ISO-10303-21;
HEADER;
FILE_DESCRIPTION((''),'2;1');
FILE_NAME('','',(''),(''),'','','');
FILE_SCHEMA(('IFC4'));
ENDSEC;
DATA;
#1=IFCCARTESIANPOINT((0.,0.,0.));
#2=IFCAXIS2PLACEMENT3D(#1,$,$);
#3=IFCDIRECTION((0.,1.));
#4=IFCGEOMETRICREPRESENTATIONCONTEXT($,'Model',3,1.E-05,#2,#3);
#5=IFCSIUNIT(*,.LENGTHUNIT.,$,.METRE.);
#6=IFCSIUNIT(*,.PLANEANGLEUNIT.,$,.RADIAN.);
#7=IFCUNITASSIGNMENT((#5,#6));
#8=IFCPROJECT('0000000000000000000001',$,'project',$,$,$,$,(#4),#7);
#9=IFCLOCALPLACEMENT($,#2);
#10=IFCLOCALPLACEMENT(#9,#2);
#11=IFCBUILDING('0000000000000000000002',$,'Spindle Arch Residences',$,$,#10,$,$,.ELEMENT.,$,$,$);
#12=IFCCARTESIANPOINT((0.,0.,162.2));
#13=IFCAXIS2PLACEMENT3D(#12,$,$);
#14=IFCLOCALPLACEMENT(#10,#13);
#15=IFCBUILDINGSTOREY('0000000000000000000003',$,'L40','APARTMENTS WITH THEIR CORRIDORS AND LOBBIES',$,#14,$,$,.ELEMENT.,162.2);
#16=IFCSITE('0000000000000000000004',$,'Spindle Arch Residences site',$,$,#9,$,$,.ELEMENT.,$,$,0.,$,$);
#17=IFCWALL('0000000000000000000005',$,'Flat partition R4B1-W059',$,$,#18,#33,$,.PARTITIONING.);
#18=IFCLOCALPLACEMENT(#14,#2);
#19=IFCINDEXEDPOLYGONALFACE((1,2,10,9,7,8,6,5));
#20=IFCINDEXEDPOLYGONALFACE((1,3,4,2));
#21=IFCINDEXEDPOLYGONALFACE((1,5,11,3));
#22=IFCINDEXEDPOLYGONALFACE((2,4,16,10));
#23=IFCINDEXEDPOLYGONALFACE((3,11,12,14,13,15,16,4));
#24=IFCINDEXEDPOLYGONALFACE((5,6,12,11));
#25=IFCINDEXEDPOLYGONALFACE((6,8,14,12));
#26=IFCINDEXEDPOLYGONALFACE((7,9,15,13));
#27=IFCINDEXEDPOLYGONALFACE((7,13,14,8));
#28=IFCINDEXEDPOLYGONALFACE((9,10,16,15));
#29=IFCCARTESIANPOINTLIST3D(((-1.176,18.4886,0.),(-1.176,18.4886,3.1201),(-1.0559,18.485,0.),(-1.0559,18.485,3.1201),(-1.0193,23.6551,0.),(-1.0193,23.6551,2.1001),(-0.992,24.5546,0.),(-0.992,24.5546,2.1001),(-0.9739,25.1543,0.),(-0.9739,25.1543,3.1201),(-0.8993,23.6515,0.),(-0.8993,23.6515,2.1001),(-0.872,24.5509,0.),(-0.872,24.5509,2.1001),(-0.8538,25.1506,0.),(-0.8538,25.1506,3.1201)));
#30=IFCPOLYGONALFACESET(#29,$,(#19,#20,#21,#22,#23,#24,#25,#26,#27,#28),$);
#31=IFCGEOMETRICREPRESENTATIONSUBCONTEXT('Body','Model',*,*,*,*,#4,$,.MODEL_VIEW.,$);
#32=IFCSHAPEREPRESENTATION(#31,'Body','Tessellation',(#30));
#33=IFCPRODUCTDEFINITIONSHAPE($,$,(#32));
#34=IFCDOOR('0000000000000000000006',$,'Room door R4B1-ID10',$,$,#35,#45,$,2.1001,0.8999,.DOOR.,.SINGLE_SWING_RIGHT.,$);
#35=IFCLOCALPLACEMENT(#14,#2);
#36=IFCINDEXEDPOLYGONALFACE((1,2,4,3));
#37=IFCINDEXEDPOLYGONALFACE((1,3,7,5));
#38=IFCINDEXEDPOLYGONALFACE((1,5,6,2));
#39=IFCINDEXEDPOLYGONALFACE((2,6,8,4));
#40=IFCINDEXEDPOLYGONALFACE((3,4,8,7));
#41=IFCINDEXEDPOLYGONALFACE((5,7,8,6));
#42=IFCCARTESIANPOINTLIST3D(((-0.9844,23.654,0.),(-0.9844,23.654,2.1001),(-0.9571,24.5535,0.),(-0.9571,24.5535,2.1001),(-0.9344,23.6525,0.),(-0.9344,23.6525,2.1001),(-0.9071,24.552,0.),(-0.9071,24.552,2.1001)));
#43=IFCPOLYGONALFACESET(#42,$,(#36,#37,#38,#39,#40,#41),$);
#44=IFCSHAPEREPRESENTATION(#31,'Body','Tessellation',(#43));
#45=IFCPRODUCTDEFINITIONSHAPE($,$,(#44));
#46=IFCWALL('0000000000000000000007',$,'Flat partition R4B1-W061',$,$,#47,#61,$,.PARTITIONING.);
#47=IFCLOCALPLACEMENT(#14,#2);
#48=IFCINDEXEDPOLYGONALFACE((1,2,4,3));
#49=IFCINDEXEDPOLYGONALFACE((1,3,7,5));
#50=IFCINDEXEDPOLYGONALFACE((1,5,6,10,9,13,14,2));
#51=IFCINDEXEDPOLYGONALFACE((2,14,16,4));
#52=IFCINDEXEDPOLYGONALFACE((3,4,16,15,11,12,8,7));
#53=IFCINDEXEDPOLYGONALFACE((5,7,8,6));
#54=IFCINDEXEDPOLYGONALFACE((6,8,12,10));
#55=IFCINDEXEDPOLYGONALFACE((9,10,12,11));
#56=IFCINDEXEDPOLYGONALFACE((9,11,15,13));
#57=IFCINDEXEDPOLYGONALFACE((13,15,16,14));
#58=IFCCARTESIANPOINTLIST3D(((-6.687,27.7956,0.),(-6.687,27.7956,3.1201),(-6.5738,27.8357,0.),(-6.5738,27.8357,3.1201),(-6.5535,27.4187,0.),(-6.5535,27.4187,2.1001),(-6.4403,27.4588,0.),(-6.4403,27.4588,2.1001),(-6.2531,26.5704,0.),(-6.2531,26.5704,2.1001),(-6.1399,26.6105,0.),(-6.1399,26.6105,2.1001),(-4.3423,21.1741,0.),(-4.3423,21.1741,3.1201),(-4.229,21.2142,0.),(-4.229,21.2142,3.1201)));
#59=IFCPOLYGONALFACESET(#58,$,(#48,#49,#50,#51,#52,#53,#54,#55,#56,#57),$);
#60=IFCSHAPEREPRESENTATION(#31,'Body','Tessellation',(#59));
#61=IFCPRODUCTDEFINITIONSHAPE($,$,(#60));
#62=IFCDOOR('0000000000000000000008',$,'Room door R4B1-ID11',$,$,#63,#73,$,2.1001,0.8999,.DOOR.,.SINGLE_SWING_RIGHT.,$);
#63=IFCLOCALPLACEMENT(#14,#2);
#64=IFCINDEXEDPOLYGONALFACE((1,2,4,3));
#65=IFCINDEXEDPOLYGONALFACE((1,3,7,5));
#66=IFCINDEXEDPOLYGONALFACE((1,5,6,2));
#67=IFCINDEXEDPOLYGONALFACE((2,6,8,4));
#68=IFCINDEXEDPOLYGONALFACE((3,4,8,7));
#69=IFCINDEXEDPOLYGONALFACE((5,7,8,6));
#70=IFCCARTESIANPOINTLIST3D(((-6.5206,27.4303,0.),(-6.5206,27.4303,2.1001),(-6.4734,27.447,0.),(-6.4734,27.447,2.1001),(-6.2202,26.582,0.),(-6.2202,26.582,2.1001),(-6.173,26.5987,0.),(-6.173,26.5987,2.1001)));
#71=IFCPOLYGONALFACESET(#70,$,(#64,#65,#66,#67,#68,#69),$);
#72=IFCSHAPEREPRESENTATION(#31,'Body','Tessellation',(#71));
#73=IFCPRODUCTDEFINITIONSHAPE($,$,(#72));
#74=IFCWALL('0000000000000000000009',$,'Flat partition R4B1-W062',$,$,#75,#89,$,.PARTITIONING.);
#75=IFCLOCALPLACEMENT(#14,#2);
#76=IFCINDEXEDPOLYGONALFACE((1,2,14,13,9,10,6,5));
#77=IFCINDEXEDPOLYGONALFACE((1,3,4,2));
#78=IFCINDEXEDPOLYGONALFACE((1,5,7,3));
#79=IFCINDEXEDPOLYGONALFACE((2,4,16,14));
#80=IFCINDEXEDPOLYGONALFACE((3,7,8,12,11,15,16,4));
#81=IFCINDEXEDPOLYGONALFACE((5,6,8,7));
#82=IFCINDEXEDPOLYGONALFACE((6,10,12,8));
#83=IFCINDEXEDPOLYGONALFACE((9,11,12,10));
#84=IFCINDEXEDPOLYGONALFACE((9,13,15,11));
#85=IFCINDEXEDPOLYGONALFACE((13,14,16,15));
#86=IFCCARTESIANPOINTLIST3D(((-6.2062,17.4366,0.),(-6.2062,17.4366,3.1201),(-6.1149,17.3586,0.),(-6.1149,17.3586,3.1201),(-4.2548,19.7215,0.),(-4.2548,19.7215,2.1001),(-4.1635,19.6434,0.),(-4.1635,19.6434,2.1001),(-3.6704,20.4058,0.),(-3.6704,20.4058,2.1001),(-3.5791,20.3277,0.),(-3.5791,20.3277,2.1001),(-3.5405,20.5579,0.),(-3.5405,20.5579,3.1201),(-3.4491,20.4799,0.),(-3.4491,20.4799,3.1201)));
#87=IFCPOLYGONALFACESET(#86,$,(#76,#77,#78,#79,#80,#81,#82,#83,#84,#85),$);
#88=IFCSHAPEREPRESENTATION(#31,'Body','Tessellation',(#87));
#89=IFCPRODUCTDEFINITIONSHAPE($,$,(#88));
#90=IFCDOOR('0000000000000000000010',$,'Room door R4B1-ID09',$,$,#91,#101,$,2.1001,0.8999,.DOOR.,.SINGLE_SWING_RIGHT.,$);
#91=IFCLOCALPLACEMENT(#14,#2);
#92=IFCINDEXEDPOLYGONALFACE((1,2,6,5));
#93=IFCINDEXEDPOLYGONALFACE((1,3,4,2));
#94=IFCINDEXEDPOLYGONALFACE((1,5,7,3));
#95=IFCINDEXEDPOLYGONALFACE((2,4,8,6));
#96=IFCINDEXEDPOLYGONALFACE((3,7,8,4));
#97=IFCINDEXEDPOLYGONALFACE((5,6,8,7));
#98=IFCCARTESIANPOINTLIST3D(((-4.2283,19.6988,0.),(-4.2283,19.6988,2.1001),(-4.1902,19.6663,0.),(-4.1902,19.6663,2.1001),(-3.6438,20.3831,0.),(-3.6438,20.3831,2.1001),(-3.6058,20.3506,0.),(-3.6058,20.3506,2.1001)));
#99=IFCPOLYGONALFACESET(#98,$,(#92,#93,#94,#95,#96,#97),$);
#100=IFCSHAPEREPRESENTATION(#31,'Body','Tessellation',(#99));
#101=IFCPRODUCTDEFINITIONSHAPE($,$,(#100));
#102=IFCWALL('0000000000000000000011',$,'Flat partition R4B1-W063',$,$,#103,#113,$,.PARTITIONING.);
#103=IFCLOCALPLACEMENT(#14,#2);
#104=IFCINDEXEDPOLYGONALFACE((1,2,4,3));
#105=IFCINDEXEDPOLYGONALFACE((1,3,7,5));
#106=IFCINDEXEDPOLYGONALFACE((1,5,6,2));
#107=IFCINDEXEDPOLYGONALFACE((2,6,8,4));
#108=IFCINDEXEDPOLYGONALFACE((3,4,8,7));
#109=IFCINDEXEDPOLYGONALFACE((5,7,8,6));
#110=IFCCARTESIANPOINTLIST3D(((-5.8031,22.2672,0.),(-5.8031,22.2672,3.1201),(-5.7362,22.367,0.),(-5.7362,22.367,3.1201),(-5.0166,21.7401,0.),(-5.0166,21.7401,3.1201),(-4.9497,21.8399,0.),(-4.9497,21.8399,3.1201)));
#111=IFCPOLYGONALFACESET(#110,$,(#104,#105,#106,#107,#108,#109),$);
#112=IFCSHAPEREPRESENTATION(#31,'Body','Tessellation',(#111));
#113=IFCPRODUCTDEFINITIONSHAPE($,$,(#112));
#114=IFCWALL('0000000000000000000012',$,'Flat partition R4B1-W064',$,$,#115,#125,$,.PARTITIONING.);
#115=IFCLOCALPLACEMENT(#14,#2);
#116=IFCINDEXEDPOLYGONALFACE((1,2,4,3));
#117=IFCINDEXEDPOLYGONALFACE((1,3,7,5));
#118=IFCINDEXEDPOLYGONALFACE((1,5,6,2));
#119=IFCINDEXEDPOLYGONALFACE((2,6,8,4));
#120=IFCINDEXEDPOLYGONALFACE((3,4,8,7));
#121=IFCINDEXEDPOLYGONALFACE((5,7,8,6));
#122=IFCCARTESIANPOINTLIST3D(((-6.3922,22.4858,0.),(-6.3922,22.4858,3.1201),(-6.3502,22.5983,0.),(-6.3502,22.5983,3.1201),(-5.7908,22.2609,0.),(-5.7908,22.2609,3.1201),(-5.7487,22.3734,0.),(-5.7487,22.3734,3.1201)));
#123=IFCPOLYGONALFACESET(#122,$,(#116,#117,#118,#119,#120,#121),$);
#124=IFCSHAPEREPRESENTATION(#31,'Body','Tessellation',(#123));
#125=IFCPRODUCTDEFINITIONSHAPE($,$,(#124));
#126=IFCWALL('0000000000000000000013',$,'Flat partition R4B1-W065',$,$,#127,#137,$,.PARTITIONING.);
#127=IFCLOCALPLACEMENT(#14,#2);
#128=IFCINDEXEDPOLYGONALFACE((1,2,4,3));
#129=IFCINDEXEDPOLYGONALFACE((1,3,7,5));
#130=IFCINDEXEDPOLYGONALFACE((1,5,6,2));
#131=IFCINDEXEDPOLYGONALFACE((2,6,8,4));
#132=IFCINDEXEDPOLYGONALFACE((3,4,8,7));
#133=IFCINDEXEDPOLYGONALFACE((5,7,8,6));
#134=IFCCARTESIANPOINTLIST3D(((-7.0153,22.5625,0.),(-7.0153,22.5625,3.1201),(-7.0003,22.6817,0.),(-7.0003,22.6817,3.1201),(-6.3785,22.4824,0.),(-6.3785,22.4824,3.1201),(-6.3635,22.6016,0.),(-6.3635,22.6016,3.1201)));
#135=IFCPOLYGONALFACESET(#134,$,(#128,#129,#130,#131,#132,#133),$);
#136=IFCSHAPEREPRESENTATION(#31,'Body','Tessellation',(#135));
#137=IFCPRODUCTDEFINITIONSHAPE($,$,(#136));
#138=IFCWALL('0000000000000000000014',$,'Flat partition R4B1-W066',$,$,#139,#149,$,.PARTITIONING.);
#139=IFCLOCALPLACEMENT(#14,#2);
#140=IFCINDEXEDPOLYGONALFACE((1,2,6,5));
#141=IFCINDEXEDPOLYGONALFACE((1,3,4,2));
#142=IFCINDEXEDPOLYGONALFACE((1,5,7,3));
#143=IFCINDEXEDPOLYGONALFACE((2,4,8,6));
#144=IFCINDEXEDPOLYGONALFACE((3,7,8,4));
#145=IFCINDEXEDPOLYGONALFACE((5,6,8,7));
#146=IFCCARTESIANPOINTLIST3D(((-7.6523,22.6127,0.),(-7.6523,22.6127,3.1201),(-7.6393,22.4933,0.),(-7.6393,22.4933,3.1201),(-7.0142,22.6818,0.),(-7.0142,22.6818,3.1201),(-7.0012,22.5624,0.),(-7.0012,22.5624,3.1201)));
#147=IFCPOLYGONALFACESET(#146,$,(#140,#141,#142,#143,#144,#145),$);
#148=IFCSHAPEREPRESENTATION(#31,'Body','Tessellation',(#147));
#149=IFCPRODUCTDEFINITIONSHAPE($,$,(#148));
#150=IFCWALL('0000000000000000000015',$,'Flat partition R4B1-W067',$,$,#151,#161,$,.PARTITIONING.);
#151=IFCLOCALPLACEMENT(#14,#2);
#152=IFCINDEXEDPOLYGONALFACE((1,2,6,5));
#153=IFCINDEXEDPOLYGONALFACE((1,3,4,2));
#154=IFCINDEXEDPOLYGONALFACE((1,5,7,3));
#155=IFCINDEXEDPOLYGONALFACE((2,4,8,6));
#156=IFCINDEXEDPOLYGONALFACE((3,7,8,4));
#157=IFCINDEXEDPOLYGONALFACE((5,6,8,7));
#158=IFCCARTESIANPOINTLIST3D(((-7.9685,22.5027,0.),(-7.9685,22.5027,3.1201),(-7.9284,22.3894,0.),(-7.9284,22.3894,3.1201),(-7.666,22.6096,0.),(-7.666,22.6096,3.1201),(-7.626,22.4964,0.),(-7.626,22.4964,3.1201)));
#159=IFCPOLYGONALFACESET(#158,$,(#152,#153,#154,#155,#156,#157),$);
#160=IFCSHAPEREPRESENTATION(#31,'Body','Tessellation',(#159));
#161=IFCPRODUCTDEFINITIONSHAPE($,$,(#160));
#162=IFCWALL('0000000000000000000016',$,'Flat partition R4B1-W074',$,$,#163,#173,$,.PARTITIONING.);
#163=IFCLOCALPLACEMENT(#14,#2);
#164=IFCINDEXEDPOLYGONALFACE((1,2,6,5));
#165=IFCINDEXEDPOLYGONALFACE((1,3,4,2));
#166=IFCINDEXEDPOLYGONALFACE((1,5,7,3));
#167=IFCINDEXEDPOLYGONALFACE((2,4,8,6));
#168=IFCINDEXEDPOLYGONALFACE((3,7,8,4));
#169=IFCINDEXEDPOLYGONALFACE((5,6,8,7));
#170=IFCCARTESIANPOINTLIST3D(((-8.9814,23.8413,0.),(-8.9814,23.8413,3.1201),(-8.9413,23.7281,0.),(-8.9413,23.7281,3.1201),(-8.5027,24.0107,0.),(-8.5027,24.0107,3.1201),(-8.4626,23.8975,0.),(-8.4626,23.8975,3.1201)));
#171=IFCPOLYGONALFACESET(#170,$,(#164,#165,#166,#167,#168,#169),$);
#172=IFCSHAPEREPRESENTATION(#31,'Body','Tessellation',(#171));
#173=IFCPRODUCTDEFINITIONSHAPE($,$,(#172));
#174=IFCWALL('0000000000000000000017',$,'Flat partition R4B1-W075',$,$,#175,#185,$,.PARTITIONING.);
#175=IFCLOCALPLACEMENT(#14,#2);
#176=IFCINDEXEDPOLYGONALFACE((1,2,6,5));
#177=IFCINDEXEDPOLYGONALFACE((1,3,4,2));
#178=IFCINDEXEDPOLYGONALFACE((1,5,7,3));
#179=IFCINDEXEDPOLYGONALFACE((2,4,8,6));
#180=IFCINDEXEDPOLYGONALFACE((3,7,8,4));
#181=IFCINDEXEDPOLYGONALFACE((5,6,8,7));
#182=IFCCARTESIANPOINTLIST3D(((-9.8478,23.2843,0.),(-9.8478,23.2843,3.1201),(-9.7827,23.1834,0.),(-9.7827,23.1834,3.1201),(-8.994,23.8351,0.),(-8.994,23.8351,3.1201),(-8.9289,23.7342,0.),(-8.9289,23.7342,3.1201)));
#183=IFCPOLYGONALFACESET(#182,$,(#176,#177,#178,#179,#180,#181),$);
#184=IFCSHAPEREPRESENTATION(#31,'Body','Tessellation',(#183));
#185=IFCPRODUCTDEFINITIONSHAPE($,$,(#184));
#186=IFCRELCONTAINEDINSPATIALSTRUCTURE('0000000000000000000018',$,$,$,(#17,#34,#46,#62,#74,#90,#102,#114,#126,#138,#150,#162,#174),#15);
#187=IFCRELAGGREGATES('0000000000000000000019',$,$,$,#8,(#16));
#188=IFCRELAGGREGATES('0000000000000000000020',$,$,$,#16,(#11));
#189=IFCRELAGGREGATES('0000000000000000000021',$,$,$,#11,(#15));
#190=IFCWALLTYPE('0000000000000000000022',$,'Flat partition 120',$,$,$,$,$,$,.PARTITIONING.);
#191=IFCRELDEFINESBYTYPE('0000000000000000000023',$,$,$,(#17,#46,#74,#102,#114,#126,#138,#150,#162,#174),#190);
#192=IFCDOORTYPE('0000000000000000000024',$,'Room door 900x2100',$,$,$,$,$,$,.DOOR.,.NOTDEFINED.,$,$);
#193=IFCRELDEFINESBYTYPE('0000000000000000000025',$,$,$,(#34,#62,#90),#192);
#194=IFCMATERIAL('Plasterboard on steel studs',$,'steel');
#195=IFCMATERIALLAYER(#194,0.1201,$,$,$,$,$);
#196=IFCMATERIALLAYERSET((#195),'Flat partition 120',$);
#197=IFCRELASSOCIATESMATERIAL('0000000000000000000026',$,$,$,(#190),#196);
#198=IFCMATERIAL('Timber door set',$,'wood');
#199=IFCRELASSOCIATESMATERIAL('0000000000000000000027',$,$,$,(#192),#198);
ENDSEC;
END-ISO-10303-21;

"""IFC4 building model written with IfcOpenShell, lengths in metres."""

from ifc_helpers import new_model, si_unit, direction, frame, frame_2d, origin, place, context, subcontext, project, spatial, rectangle, extrude, material, layer, layer_set, type_object, element, fill, save


model = new_model("IFC4")

# Units and contexts
model_context = context("Model", 3, precision=1e-05, world=origin(), true_north=direction((0.0, 1.0)))
body_context = subcontext(model_context, "Body", "Model", "MODEL_VIEW")
ifc_project = project(units=[si_unit("LENGTHUNIT", "METRE"), si_unit("PLANEANGLEUNIT", "RADIAN")], contexts=[model_context])

# Site, building, storey
site_placement = place(None, origin())
site = spatial("IfcSite", under=ifc_project, at=site_placement, Name="Spindle Arch Residences site", CompositionType="ELEMENT", RefElevation=0.0)
building_placement = place(site_placement, origin())
building = spatial("IfcBuilding", under=site, at=building_placement, Name="Spindle Arch Residences", CompositionType="ELEMENT")
storey_placement = place(building_placement, frame((0.0, 0.0, 162.2)))
storey = spatial("IfcBuildingStorey", under=building, at=storey_placement, Name="L40", Description="APARTMENTS WITH THEIR CORRIDORS AND LOBBIES", CompositionType="ELEMENT", Elevation=162.2)

# Shared definitions
ifc_material_1 = material(Name="Plasterboard on steel studs", Category="steel")
ifc_layer_1 = layer(ifc_material_1, 0.1201)
ifc_layer_set_1 = layer_set([ifc_layer_1], Name="Flat partition 120")
wall_type_1 = type_object("IfcWallType", Name="Flat partition 120", PredefinedType="PARTITIONING", material=ifc_layer_set_1)

# Walls, openings, doors
wall_1_placement = place(storey_placement, frame((-0.9138, 25.1526, 0.0), z_axis=(0.0, 0.0, 1.0), x_axis=(-0.030314, -0.99954, 0.0)))
wall_1 = element("IfcWall", 1, at=wall_1_placement, inside=storey, type_object=wall_type_1, Name="Flat partition R4B1-W059", PredefinedType="PARTITIONING", context=body_context, shape_type="SweptSolid", body=[
    extrude(rectangle(XDim=6.6687, YDim=0.1201, at=frame_2d((3.3345, 0.0))), origin(), (0.0, 0.0, 1.0), 3.1201),
])
opening_1_placement = place(wall_1_placement, frame((0.6001, 0.0, 0.0)))
opening_1 = element("IfcOpeningElement", 2, at=opening_1_placement, cuts=wall_1, PredefinedType="OPENING", context=body_context, shape_type="SweptSolid", body=[
    extrude(rectangle(XDim=0.8999, YDim=2.1001, at=frame_2d((0.45, 1.05))), frame((0.0, 0.0701, 0.0), z_axis=(0.0, -1.0, 0.0), x_axis=(1.0, 0.0, 0.0)), (0.0, 0.0, 1.0), 0.1401),
])
ifc_material_2 = material(Name="Timber door set", Category="wood")
door_type = type_object("IfcDoorType", Name="Room door 900x2100", OperationType="NOTDEFINED", PredefinedType="DOOR", material=ifc_material_2)
door_1_placement = place(opening_1_placement, origin())
door_1 = element("IfcDoor", 3, at=door_1_placement, inside=storey, type_object=door_type, Name="Room door R4B1-ID10", OperationType="SINGLE_SWING_RIGHT", OverallHeight=2.1001, OverallWidth=0.8999, PredefinedType="DOOR", context=body_context, shape_type="SweptSolid", body=[
    extrude(rectangle(XDim=0.8999, YDim=2.1001, at=frame_2d((0.45, 1.05))), frame((0.0, 0.0249, 0.0), z_axis=(0.0, -1.0, 0.0), x_axis=(1.0, 0.0, 0.0)), (0.0, 0.0, 1.0), 0.05),
])
fill(opening_1, door_1)
wall_2_placement = place(storey_placement, frame((-6.6304, 27.8157, 0.0), z_axis=(0.0, 0.0, 1.0), x_axis=(0.333794, -0.942646, 0.0)))
wall_2 = element("IfcWall", 4, at=wall_2_placement, inside=storey, type_object=wall_type_1, Name="Flat partition R4B1-W061", PredefinedType="PARTITIONING", context=body_context, shape_type="SweptSolid", body=[
    extrude(rectangle(XDim=7.0244, YDim=0.1201, at=frame_2d((3.5122, 0.0))), origin(), (0.0, 0.0, 1.0), 3.1201),
])
opening_2_placement = place(wall_2_placement, frame((0.3999, 0.0, 0.0)))
opening_2 = element("IfcOpeningElement", 5, at=opening_2_placement, cuts=wall_2, PredefinedType="OPENING", context=body_context, shape_type="SweptSolid", body=[
    extrude(rectangle(XDim=0.8999, YDim=2.1001, at=frame_2d((0.45, 1.05))), frame((0.0, 0.0701, 0.0), z_axis=(0.0, -1.0, 0.0), x_axis=(1.0, 0.0, 0.0)), (0.0, 0.0, 1.0), 0.1401),
])
door_2_placement = place(opening_2_placement, origin())
door_2 = element("IfcDoor", 6, at=door_2_placement, inside=storey, type_object=door_type, Name="Room door R4B1-ID11", OperationType="SINGLE_SWING_RIGHT", OverallHeight=2.1001, OverallWidth=0.8999, PredefinedType="DOOR", context=body_context, shape_type="SweptSolid", body=[
    extrude(rectangle(XDim=0.8999, YDim=2.1001, at=frame_2d((0.45, 1.05))), frame((0.0, 0.0249, 0.0), z_axis=(0.0, -1.0, 0.0), x_axis=(1.0, 0.0, 0.0)), (0.0, 0.0, 1.0), 0.05),
])
fill(opening_2, door_2)
wall_3_placement = place(storey_placement, frame((-3.4949, 20.5188, 0.0), z_axis=(0.0, 0.0, 1.0), x_axis=(-0.649434, -0.760418, 0.0)))
wall_3 = element("IfcWall", 7, at=wall_3_placement, inside=storey, type_object=wall_type_1, Name="Flat partition R4B1-W062", PredefinedType="PARTITIONING", context=body_context, shape_type="SweptSolid", body=[
    extrude(rectangle(XDim=4.1047, YDim=0.1201, at=frame_2d((2.0522, 0.0))), origin(), (0.0, 0.0, 1.0), 3.1201),
])
opening_3_placement = place(wall_3_placement, frame((0.2, 0.0, 0.0)))
opening_3 = element("IfcOpeningElement", 8, at=opening_3_placement, cuts=wall_3, PredefinedType="OPENING", context=body_context, shape_type="SweptSolid", body=[
    extrude(rectangle(XDim=0.8999, YDim=2.1001, at=frame_2d((0.45, 1.05))), frame((0.0, 0.0701, 0.0), z_axis=(0.0, -1.0, 0.0), x_axis=(1.0, 0.0, 0.0)), (0.0, 0.0, 1.0), 0.1401),
])
door_3_placement = place(opening_3_placement, origin())
door_3 = element("IfcDoor", 9, at=door_3_placement, inside=storey, type_object=door_type, Name="Room door R4B1-ID09", OperationType="SINGLE_SWING_RIGHT", OverallHeight=2.1001, OverallWidth=0.8999, PredefinedType="DOOR", context=body_context, shape_type="SweptSolid", body=[
    extrude(rectangle(XDim=0.8999, YDim=2.1001, at=frame_2d((0.45, 1.05))), frame((0.0, 0.0249, 0.0), z_axis=(0.0, -1.0, 0.0), x_axis=(1.0, 0.0, 0.0)), (0.0, 0.0, 1.0), 0.05),
])
fill(opening_3, door_3)

# Walls
wall_4_placement = place(storey_placement, frame((-4.9832, 21.79, 0.0), z_axis=(0.0, 0.0, 1.0), x_axis=(-0.830739, 0.556662, 0.0)))
element("IfcWall", 10, at=wall_4_placement, inside=storey, type_object=wall_type_1, Name="Flat partition R4B1-W063", PredefinedType="PARTITIONING", context=body_context, shape_type="SweptSolid", body=[
    extrude(rectangle(XDim=0.9468, YDim=0.1201, at=frame_2d((0.4734, 0.0))), origin(), (0.0, 0.0, 1.0), 3.1201),
])
wall_5_placement = place(storey_placement, frame((-5.7698, 22.3171, 0.0), z_axis=(0.0, 0.0, 1.0), x_axis=(-0.936657, 0.350248, 0.0)))
element("IfcWall", 11, at=wall_5_placement, inside=storey, type_object=wall_type_1, Name="Flat partition R4B1-W064", PredefinedType="PARTITIONING", context=body_context, shape_type="SweptSolid", body=[
    extrude(rectangle(XDim=0.6421, YDim=0.1201, at=frame_2d((0.321, 0.0))), origin(), (0.0, 0.0, 1.0), 3.1201),
])
for number, where, z_axis, x_axis, name in (
    (12, (-6.3711, 22.542, 0.0), (0.0, 0.0, 1.0), (-0.992184, 0.124784, 0.0), "Flat partition R4B1-W065"),
    (13, (-7.0078, 22.6221, 0.0), (0.0, 0.0, 1.0), (-0.994191, -0.107634, 0.0), "Flat partition R4B1-W066"),
):
    element("IfcWall", number, at=place(storey_placement, frame(where, z_axis=z_axis, x_axis=x_axis)), inside=storey, type_object=wall_type_1, Name=name, PredefinedType="PARTITIONING", context=body_context, shape_type="SweptSolid", body=[
        extrude(rectangle(XDim=0.6418, YDim=0.1201, at=frame_2d((0.3208, 0.0))), origin(), (0.0, 0.0, 1.0), 3.1201),
    ])
wall_6_placement = place(storey_placement, frame((-7.646, 22.553, 0.0), z_axis=(0.0, 0.0, 1.0), x_axis=(-0.942822, -0.333298, 0.0)))
element("IfcWall", 14, at=wall_6_placement, inside=storey, type_object=wall_type_1, Name="Flat partition R4B1-W067", PredefinedType="PARTITIONING", context=body_context, shape_type="SweptSolid", body=[
    extrude(rectangle(XDim=0.3208, YDim=0.1201, at=frame_2d((0.1604, 0.0))), origin(), (0.0, 0.0, 1.0), 3.1201),
])
wall_7_placement = place(storey_placement, frame((-8.4827, 23.9541, 0.0), z_axis=(0.0, 0.0, 1.0), x_axis=(-0.942706, -0.333625, 0.0)))
element("IfcWall", 15, at=wall_7_placement, inside=storey, type_object=wall_type_1, Name="Flat partition R4B1-W074", PredefinedType="PARTITIONING", context=body_context, shape_type="SweptSolid", body=[
    extrude(rectangle(XDim=0.5078, YDim=0.1201, at=frame_2d((0.2539, 0.0))), origin(), (0.0, 0.0, 1.0), 3.1201),
])
wall_8_placement = place(storey_placement, frame((-8.9614, 23.7847, 0.0), z_axis=(0.0, 0.0, 1.0), x_axis=(-0.840311, -0.542105, 0.0)))
element("IfcWall", 16, at=wall_8_placement, inside=storey, type_object=wall_type_1, Name="Flat partition R4B1-W075", PredefinedType="PARTITIONING", context=body_context, shape_type="SweptSolid", body=[
    extrude(rectangle(XDim=1.0161, YDim=0.1201, at=frame_2d((0.5081, 0.0))), origin(), (0.0, 0.0, 1.0), 3.1201),
])

save(model, "model.ifc")
